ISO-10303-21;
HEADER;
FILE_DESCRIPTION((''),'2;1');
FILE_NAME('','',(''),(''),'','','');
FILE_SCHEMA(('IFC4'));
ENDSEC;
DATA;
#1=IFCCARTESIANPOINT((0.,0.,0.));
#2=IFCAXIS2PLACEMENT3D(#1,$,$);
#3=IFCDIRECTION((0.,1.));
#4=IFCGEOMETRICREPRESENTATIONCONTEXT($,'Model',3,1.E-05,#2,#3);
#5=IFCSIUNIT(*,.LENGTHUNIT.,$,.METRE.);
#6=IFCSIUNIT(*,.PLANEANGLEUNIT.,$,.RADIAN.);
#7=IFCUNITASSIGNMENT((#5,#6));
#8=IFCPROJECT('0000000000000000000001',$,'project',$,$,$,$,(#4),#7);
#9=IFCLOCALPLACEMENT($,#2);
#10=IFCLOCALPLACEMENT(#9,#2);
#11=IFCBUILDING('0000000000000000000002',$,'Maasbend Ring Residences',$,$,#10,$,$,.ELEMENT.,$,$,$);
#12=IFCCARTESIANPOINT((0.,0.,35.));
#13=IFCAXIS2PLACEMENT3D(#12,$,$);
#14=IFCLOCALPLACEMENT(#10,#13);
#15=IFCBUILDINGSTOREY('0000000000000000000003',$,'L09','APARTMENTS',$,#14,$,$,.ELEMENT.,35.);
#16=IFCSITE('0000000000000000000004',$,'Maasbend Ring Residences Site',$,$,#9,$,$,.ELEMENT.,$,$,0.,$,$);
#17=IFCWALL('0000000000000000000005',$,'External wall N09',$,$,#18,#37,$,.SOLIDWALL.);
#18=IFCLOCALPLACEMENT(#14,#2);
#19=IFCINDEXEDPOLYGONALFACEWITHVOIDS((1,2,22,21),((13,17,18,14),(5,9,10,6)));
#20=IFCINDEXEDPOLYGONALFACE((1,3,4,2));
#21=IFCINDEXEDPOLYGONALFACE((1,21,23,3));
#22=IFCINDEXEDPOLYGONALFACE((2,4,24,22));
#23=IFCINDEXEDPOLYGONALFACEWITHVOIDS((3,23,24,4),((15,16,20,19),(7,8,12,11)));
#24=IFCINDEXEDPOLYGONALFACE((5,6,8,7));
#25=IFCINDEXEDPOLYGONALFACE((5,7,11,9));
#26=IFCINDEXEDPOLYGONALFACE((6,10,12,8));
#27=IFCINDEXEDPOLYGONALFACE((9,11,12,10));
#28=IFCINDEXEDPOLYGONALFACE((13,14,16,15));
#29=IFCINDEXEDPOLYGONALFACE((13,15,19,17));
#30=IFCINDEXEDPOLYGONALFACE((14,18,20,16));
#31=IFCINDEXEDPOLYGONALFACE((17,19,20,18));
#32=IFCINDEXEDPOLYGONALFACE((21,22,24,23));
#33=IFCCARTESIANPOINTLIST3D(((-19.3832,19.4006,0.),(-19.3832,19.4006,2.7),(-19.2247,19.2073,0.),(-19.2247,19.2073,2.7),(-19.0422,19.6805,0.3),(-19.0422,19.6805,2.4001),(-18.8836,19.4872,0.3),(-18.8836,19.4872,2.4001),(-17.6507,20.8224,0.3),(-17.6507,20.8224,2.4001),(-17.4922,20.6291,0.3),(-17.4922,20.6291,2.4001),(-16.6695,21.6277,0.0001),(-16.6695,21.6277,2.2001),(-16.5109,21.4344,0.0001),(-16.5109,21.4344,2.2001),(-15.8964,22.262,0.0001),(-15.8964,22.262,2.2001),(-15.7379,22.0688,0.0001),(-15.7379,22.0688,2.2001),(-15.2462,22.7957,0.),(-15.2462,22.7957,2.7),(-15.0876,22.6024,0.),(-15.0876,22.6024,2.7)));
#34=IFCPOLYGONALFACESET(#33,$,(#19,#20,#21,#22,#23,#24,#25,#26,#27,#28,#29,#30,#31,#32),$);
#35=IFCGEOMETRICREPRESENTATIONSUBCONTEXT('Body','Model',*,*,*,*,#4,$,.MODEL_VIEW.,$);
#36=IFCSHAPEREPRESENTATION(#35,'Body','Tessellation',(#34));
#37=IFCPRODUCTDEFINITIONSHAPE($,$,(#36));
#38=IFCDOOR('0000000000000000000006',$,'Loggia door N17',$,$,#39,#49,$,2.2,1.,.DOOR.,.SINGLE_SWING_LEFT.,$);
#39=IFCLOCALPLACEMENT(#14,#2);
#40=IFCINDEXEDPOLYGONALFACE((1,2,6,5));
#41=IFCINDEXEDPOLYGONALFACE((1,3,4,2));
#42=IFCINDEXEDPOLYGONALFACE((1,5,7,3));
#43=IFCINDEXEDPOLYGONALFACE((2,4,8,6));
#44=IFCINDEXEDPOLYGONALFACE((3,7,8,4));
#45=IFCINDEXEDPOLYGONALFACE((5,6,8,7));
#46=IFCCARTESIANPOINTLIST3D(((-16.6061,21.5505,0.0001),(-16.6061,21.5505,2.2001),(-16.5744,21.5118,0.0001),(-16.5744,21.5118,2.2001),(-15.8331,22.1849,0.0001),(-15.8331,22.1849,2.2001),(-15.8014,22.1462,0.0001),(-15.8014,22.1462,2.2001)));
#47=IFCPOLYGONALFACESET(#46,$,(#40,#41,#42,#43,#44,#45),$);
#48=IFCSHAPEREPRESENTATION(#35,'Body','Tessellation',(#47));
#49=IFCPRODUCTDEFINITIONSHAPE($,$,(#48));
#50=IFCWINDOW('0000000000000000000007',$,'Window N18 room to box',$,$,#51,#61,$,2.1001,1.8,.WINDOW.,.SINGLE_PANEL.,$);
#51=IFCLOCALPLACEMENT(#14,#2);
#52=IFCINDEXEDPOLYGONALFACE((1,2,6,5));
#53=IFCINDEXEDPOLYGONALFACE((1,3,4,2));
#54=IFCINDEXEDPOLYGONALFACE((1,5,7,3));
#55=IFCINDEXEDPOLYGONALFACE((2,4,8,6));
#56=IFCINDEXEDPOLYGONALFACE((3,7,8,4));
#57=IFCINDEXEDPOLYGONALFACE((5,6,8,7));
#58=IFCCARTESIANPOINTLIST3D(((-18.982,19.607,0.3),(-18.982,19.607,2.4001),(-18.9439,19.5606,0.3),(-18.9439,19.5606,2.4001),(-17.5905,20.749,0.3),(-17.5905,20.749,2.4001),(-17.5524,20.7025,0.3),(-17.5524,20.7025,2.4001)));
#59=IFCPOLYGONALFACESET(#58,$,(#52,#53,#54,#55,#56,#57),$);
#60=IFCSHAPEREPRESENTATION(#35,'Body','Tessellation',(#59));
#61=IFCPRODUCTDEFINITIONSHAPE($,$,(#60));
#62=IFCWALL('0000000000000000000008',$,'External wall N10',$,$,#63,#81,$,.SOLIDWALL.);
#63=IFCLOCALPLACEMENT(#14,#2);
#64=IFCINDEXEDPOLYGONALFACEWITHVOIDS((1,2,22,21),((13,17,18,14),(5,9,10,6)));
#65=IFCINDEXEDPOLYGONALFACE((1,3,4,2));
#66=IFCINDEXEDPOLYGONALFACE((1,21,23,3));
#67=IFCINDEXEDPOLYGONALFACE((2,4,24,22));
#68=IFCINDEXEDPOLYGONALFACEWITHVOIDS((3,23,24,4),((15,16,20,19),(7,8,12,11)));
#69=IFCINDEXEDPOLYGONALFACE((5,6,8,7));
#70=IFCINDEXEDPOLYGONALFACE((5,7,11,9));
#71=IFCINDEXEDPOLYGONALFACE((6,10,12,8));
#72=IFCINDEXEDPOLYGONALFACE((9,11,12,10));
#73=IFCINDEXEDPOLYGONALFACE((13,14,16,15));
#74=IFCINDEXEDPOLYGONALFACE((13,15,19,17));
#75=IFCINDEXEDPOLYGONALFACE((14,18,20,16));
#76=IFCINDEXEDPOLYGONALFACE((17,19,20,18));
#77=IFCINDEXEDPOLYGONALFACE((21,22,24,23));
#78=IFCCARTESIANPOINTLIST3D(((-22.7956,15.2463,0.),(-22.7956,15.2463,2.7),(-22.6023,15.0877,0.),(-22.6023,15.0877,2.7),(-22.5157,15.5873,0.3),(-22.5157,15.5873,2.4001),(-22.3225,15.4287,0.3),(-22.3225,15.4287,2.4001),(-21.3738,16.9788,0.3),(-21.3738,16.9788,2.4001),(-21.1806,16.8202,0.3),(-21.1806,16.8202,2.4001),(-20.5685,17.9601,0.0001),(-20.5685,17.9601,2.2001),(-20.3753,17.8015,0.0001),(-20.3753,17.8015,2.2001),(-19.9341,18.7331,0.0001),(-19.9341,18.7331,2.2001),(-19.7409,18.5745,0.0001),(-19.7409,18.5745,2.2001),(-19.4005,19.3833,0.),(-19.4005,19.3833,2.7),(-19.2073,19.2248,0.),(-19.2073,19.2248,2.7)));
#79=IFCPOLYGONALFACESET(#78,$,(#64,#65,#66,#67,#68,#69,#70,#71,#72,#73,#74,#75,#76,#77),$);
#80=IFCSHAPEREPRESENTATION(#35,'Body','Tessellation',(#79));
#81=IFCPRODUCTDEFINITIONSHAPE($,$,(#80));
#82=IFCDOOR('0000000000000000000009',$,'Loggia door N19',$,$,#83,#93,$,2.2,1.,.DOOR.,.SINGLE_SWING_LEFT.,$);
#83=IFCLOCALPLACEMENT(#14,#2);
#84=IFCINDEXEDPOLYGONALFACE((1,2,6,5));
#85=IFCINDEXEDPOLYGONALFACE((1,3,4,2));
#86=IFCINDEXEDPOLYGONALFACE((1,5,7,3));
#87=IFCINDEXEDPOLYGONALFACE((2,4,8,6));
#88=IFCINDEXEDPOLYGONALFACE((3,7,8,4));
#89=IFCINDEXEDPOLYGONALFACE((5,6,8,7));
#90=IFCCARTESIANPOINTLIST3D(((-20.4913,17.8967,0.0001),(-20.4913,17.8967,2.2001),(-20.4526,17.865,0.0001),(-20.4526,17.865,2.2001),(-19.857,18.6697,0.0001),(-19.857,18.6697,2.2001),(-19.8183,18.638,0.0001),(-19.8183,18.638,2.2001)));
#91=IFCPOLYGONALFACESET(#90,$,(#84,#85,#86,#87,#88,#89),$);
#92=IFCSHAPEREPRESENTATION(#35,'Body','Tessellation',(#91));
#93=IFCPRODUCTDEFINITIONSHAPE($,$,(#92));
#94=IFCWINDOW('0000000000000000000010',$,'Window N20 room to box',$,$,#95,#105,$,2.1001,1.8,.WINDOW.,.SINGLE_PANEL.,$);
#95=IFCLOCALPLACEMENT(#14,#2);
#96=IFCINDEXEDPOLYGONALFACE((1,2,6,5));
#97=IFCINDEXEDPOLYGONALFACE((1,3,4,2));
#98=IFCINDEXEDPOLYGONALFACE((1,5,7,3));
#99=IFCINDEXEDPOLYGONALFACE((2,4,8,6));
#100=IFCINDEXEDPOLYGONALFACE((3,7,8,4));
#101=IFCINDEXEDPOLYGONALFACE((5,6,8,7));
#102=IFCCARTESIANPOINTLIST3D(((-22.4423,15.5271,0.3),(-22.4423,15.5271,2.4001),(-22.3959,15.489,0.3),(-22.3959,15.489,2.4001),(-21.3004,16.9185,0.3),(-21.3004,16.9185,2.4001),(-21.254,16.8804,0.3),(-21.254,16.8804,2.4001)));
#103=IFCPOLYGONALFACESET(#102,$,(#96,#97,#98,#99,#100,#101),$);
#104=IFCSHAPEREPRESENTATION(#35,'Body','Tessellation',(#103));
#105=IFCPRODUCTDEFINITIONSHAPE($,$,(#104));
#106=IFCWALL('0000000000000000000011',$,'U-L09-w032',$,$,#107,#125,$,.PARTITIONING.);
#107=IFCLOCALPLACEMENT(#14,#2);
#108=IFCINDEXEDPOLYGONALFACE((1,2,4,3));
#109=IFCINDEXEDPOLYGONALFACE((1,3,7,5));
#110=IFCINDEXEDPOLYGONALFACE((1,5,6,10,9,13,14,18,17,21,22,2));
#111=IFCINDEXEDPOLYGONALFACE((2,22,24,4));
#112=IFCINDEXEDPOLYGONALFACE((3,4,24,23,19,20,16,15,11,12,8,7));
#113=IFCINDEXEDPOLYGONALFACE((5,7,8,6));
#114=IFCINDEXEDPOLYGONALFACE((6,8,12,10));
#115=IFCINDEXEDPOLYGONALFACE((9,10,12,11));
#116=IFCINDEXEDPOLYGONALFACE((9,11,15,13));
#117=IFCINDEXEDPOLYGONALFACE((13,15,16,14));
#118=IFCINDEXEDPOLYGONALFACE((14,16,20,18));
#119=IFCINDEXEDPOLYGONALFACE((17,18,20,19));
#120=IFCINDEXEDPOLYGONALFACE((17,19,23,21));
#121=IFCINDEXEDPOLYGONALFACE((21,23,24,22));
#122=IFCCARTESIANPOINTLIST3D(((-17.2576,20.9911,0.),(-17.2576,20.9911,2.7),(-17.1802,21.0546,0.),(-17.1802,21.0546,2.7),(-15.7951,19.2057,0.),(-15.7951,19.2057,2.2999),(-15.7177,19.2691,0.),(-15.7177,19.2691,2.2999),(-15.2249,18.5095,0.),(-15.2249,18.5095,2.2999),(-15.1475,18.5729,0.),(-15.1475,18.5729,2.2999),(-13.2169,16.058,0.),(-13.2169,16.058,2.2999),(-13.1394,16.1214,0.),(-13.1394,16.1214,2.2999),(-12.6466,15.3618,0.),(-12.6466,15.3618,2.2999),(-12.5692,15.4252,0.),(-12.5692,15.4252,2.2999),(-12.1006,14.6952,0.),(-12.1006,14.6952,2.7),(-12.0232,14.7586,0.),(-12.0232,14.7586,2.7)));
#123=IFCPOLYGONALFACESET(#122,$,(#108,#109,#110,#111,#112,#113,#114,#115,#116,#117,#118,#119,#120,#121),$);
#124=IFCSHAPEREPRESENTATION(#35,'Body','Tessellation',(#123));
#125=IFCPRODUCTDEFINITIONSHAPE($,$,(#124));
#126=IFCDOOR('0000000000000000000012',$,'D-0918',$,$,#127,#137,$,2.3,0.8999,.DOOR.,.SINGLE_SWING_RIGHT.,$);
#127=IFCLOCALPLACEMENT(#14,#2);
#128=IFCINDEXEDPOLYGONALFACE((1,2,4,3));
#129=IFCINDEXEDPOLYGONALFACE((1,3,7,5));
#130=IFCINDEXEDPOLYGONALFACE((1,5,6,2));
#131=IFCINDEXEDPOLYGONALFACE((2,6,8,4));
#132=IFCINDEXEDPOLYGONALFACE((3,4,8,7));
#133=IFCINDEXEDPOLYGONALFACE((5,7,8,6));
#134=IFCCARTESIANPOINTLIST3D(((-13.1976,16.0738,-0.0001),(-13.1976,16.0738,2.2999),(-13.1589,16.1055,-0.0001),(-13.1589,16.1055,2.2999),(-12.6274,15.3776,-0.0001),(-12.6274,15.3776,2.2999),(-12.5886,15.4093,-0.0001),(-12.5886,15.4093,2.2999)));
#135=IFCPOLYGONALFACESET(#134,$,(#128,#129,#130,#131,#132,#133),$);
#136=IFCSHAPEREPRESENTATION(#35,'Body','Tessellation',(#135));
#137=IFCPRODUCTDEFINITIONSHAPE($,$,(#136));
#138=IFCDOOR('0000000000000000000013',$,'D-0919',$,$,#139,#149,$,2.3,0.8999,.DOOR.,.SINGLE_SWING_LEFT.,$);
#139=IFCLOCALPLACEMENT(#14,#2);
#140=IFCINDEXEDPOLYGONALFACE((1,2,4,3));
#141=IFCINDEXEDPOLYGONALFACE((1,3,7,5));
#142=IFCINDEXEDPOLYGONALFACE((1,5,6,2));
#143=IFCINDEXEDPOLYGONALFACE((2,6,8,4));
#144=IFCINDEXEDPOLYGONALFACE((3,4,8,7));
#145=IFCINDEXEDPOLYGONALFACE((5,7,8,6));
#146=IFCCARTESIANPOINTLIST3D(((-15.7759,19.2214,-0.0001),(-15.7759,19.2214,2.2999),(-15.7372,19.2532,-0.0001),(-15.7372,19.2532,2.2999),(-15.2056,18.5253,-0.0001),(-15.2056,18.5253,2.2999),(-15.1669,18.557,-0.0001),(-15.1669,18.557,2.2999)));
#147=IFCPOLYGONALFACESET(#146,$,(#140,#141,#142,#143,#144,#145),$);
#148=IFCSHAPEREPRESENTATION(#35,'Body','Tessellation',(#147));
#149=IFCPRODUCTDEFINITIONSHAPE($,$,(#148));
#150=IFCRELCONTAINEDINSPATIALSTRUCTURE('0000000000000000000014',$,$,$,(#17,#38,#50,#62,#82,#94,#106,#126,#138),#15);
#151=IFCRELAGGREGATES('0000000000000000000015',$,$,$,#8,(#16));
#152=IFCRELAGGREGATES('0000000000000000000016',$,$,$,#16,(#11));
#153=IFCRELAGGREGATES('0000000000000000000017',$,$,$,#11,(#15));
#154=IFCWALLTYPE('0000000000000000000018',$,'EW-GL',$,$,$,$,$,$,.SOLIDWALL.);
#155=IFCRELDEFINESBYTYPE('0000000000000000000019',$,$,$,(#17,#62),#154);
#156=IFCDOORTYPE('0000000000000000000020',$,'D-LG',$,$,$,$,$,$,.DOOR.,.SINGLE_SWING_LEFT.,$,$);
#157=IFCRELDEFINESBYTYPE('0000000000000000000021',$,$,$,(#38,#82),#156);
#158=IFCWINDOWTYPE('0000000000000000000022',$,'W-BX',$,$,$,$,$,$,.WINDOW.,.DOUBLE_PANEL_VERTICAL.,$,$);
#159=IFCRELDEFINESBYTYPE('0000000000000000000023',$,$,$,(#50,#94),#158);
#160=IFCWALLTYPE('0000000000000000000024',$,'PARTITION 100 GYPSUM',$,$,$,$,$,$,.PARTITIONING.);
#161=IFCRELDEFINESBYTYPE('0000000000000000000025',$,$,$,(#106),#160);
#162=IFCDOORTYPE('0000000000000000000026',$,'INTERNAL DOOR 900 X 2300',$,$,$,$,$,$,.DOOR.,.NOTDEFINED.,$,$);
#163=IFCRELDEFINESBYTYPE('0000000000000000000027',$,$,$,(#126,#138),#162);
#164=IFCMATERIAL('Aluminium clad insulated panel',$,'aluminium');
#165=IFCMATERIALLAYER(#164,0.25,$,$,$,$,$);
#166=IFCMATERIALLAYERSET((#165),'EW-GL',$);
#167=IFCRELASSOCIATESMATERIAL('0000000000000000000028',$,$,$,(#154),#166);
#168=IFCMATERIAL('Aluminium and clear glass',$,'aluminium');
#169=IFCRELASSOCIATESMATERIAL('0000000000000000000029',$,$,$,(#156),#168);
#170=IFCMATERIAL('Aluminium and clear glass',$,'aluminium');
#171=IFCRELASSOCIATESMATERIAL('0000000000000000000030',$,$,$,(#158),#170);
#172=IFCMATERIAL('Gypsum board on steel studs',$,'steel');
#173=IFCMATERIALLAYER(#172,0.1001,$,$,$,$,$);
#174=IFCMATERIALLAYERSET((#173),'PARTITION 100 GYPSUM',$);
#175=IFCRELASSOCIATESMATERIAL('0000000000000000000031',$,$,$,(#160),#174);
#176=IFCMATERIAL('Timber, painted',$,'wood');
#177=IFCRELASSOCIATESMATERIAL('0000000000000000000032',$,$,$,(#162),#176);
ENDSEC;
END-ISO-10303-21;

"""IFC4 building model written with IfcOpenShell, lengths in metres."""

from ifc_helpers import new_model, si_unit, direction, frame, frame_2d, origin, place, context, subcontext, project, spatial, rectangle, extrude, material, layer, layer_set, type_object, element, fill, save


model = new_model("IFC4")

# Units and contexts
model_context = context("Model", 3, precision=1e-05, world=origin(), true_north=direction((0.0, 1.0)))
body_context = subcontext(model_context, "Body", "Model", "MODEL_VIEW")
ifc_project = project(units=[si_unit("LENGTHUNIT", "METRE"), si_unit("PLANEANGLEUNIT", "RADIAN")], contexts=[model_context])

# Site, building, storey
site_placement = place(None, origin())
site = spatial("IfcSite", under=ifc_project, at=site_placement, Name="Maasbend Ring Residences Site", CompositionType="ELEMENT", RefElevation=0.0)
building_placement = place(site_placement, origin())
building = spatial("IfcBuilding", under=site, at=building_placement, Name="Maasbend Ring Residences", CompositionType="ELEMENT")
storey_placement = place(building_placement, frame((0.0, 0.0, 35.0)))
storey = spatial("IfcBuildingStorey", under=building, at=storey_placement, Name="L09", Description="APARTMENTS", CompositionType="ELEMENT", Elevation=35.0)

# Walls, openings, doors, windows
ifc_material_1 = material(Name="Aluminium clad insulated panel", Category="aluminium")
ifc_layer_1 = layer(ifc_material_1, 0.25)
ifc_layer_set_1 = layer_set([ifc_layer_1], Name="EW-GL")
wall_type_1 = type_object("IfcWallType", Name="EW-GL", PredefinedType="SOLIDWALL", material=ifc_layer_set_1)
wall_1_placement = place(storey_placement, frame((-15.167, 22.699, 0.0), z_axis=(0.0, 0.0, 1.0), x_axis=(-0.773019, -0.634382, 0.0)))
wall_1 = element("IfcWall", 1, at=wall_1_placement, inside=storey, type_object=wall_type_1, Name="External wall N09", PredefinedType="SOLIDWALL", context=body_context, shape_type="SweptSolid", body=[
    extrude(rectangle(XDim=5.3518, YDim=0.25, at=frame_2d((2.6758, 0.0))), origin(), (0.0, 0.0, 1.0), 2.7),
])
opening_1_placement = place(wall_1_placement, frame((0.8411, 0.0, 0.0)))
opening_1 = element("IfcOpeningElement", 2, at=opening_1_placement, cuts=wall_1, PredefinedType="OPENING", context=body_context, shape_type="SweptSolid", body=[
    extrude(rectangle(XDim=1.0, YDim=2.2, at=frame_2d((0.5, 1.1001))), frame((0.0, 0.135, 0.0), z_axis=(0.0, -1.0, 0.0), x_axis=(1.0, 0.0, 0.0)), (0.0, 0.0, 1.0), 0.27),
])
opening_2_placement = place(wall_1_placement, frame((3.1106, 0.0, 0.3)))
opening_2 = element("IfcOpeningElement", 3, at=opening_2_placement, cuts=wall_1, PredefinedType="OPENING", context=body_context, shape_type="SweptSolid", body=[
    extrude(rectangle(XDim=1.8, YDim=2.1001, at=frame_2d((0.8999, 1.05))), frame((0.0, 0.135, 0.0), z_axis=(0.0, -1.0, 0.0), x_axis=(1.0, 0.0, 0.0)), (0.0, 0.0, 1.0), 0.27),
])
ifc_material_2 = material(Name="Aluminium and clear glass", Category="aluminium")
door_type_1 = type_object("IfcDoorType", Name="D-LG", OperationType="SINGLE_SWING_LEFT", PredefinedType="DOOR", material=ifc_material_2)
door_1_placement = place(opening_1_placement, origin())
door_1 = element("IfcDoor", 4, at=door_1_placement, inside=storey, type_object=door_type_1, Name="Loggia door N17", OperationType="SINGLE_SWING_LEFT", OverallHeight=2.2, OverallWidth=1.0, PredefinedType="DOOR", context=body_context, shape_type="SweptSolid", body=[
    extrude(rectangle(XDim=1.0, YDim=2.2, at=frame_2d((0.5, 1.1001))), frame((0.0, 0.0249, 0.0), z_axis=(0.0, -1.0, 0.0), x_axis=(1.0, 0.0, 0.0)), (0.0, 0.0, 1.0), 0.05),
])
fill(opening_1, door_1)
ifc_material_3 = material(Name="Aluminium and clear glass", Category="aluminium")
window_type_1 = type_object("IfcWindowType", Name="W-BX", PartitioningType="DOUBLE_PANEL_VERTICAL", PredefinedType="WINDOW", material=ifc_material_3)
window_1_placement = place(opening_2_placement, origin())
window_1 = element("IfcWindow", 5, at=window_1_placement, inside=storey, type_object=window_type_1, Name="Window N18 room to box", OverallHeight=2.1001, OverallWidth=1.8, PartitioningType="SINGLE_PANEL", PredefinedType="WINDOW", context=body_context, shape_type="SweptSolid", body=[
    extrude(rectangle(XDim=1.8, YDim=2.1001, at=frame_2d((0.8999, 1.05))), frame((0.0, 0.03, 0.0), z_axis=(0.0, -1.0, 0.0), x_axis=(1.0, 0.0, 0.0)), (0.0, 0.0, 1.0), 0.0601),
])
fill(opening_2, window_1)
wall_2_placement = place(storey_placement, frame((-19.304, 19.304, 0.0), z_axis=(0.0, 0.0, 1.0), x_axis=(-0.634382, -0.773019, 0.0)))
wall_2 = element("IfcWall", 6, at=wall_2_placement, inside=storey, type_object=wall_type_1, Name="External wall N10", PredefinedType="SOLIDWALL", context=body_context, shape_type="SweptSolid", body=[
    extrude(rectangle(XDim=5.3518, YDim=0.25, at=frame_2d((2.6758, 0.0))), origin(), (0.0, 0.0, 1.0), 2.7),
])
opening_3_placement = place(wall_2_placement, frame((0.8411, 0.0, 0.0)))
opening_3 = element("IfcOpeningElement", 7, at=opening_3_placement, cuts=wall_2, PredefinedType="OPENING", context=body_context, shape_type="SweptSolid", body=[
    extrude(rectangle(XDim=1.0, YDim=2.2, at=frame_2d((0.5, 1.1001))), frame((0.0, 0.135, 0.0), z_axis=(0.0, -1.0, 0.0), x_axis=(1.0, 0.0, 0.0)), (0.0, 0.0, 1.0), 0.27),
])
opening_4_placement = place(wall_2_placement, frame((3.1106, 0.0, 0.3)))
opening_4 = element("IfcOpeningElement", 8, at=opening_4_placement, cuts=wall_2, PredefinedType="OPENING", context=body_context, shape_type="SweptSolid", body=[
    extrude(rectangle(XDim=1.8, YDim=2.1001, at=frame_2d((0.8999, 1.05))), frame((0.0, 0.135, 0.0), z_axis=(0.0, -1.0, 0.0), x_axis=(1.0, 0.0, 0.0)), (0.0, 0.0, 1.0), 0.27),
])
door_2_placement = place(opening_3_placement, origin())
door_2 = element("IfcDoor", 9, at=door_2_placement, inside=storey, type_object=door_type_1, Name="Loggia door N19", OperationType="SINGLE_SWING_LEFT", OverallHeight=2.2, OverallWidth=1.0, PredefinedType="DOOR", context=body_context, shape_type="SweptSolid", body=[
    extrude(rectangle(XDim=1.0, YDim=2.2, at=frame_2d((0.5, 1.1001))), frame((0.0, 0.0249, 0.0), z_axis=(0.0, -1.0, 0.0), x_axis=(1.0, 0.0, 0.0)), (0.0, 0.0, 1.0), 0.05),
])
fill(opening_3, door_2)
window_2_placement = place(opening_4_placement, origin())
window_2 = element("IfcWindow", 10, at=window_2_placement, inside=storey, type_object=window_type_1, Name="Window N20 room to box", OverallHeight=2.1001, OverallWidth=1.8, PartitioningType="SINGLE_PANEL", PredefinedType="WINDOW", context=body_context, shape_type="SweptSolid", body=[
    extrude(rectangle(XDim=1.8, YDim=2.1001, at=frame_2d((0.8999, 1.05))), frame((0.0, 0.03, 0.0), z_axis=(0.0, -1.0, 0.0), x_axis=(1.0, 0.0, 0.0)), (0.0, 0.0, 1.0), 0.0601),
])
fill(opening_4, window_2)

# Wall, openings, doors
ifc_material_4 = material(Name="Gypsum board on steel studs", Category="steel")
ifc_layer_2 = layer(ifc_material_4, 0.1001)
ifc_layer_set_2 = layer_set([ifc_layer_2], Name="PARTITION 100 GYPSUM")
wall_type_2 = type_object("IfcWallType", Name="PARTITION 100 GYPSUM", PredefinedType="PARTITIONING", material=ifc_layer_set_2)
wall_3_placement = place(storey_placement, frame((-17.219, 21.0229, 0.0), z_axis=(0.0, 0.0, 1.0), x_axis=(0.633664, -0.773608, 0.0)))
wall_3 = element("IfcWall", 11, at=wall_3_placement, inside=storey, type_object=wall_type_2, Name="U-L09-w032", PredefinedType="PARTITIONING", context=body_context, shape_type="SweptSolid", body=[
    extrude(rectangle(XDim=8.1384, YDim=0.1001, at=frame_2d((4.0693, 0.0))), origin(), (0.0, 0.0, 1.0), 2.7),
])
opening_5_placement = place(wall_3_placement, frame((6.377, 0.0, 0.0)))
opening_5 = element("IfcOpeningElement", 12, at=opening_5_placement, cuts=wall_3, PredefinedType="OPENING", context=body_context, shape_type="SweptSolid", body=[
    extrude(rectangle(XDim=0.8999, YDim=2.3, at=frame_2d((0.45, 1.1499))), frame((0.0, 0.0601, 0.0), z_axis=(0.0, -1.0, 0.0), x_axis=(1.0, 0.0, 0.0)), (0.0, 0.0, 1.0), 0.1201),
])
opening_6_placement = place(wall_3_placement, frame((2.3081, 0.0, 0.0)))
opening_6 = element("IfcOpeningElement", 13, at=opening_6_placement, cuts=wall_3, PredefinedType="OPENING", context=body_context, shape_type="SweptSolid", body=[
    extrude(rectangle(XDim=0.8999, YDim=2.3, at=frame_2d((0.45, 1.1499))), frame((0.0, 0.0601, 0.0), z_axis=(0.0, -1.0, 0.0), x_axis=(1.0, 0.0, 0.0)), (0.0, 0.0, 1.0), 0.1201),
])
ifc_material_5 = material(Name="Timber, painted", Category="wood")
door_type_2 = type_object("IfcDoorType", Name="INTERNAL DOOR 900 X 2300", OperationType="NOTDEFINED", PredefinedType="DOOR", material=ifc_material_5)
door_3_placement = place(opening_5_placement, origin())
door_3 = element("IfcDoor", 14, at=door_3_placement, inside=storey, type_object=door_type_2, Name="D-0918", OperationType="SINGLE_SWING_RIGHT", OverallHeight=2.3, OverallWidth=0.8999, PredefinedType="DOOR", context=body_context, shape_type="SweptSolid", body=[
    extrude(rectangle(XDim=0.8999, YDim=2.3, at=frame_2d((0.45, 1.1499))), frame((0.0, 0.0249, 0.0), z_axis=(0.0, -1.0, 0.0), x_axis=(1.0, 0.0, 0.0)), (0.0, 0.0, 1.0), 0.05),
])
fill(opening_5, door_3)
door_4_placement = place(opening_6_placement, origin())
door_4 = element("IfcDoor", 15, at=door_4_placement, inside=storey, type_object=door_type_2, Name="D-0919", OperationType="SINGLE_SWING_LEFT", OverallHeight=2.3, OverallWidth=0.8999, PredefinedType="DOOR", context=body_context, shape_type="SweptSolid", body=[
    extrude(rectangle(XDim=0.8999, YDim=2.3, at=frame_2d((0.45, 1.1499))), frame((0.0, 0.0249, 0.0), z_axis=(0.0, -1.0, 0.0), x_axis=(1.0, 0.0, 0.0)), (0.0, 0.0, 1.0), 0.05),
])
fill(opening_6, door_4)

save(model, "model.ifc")
